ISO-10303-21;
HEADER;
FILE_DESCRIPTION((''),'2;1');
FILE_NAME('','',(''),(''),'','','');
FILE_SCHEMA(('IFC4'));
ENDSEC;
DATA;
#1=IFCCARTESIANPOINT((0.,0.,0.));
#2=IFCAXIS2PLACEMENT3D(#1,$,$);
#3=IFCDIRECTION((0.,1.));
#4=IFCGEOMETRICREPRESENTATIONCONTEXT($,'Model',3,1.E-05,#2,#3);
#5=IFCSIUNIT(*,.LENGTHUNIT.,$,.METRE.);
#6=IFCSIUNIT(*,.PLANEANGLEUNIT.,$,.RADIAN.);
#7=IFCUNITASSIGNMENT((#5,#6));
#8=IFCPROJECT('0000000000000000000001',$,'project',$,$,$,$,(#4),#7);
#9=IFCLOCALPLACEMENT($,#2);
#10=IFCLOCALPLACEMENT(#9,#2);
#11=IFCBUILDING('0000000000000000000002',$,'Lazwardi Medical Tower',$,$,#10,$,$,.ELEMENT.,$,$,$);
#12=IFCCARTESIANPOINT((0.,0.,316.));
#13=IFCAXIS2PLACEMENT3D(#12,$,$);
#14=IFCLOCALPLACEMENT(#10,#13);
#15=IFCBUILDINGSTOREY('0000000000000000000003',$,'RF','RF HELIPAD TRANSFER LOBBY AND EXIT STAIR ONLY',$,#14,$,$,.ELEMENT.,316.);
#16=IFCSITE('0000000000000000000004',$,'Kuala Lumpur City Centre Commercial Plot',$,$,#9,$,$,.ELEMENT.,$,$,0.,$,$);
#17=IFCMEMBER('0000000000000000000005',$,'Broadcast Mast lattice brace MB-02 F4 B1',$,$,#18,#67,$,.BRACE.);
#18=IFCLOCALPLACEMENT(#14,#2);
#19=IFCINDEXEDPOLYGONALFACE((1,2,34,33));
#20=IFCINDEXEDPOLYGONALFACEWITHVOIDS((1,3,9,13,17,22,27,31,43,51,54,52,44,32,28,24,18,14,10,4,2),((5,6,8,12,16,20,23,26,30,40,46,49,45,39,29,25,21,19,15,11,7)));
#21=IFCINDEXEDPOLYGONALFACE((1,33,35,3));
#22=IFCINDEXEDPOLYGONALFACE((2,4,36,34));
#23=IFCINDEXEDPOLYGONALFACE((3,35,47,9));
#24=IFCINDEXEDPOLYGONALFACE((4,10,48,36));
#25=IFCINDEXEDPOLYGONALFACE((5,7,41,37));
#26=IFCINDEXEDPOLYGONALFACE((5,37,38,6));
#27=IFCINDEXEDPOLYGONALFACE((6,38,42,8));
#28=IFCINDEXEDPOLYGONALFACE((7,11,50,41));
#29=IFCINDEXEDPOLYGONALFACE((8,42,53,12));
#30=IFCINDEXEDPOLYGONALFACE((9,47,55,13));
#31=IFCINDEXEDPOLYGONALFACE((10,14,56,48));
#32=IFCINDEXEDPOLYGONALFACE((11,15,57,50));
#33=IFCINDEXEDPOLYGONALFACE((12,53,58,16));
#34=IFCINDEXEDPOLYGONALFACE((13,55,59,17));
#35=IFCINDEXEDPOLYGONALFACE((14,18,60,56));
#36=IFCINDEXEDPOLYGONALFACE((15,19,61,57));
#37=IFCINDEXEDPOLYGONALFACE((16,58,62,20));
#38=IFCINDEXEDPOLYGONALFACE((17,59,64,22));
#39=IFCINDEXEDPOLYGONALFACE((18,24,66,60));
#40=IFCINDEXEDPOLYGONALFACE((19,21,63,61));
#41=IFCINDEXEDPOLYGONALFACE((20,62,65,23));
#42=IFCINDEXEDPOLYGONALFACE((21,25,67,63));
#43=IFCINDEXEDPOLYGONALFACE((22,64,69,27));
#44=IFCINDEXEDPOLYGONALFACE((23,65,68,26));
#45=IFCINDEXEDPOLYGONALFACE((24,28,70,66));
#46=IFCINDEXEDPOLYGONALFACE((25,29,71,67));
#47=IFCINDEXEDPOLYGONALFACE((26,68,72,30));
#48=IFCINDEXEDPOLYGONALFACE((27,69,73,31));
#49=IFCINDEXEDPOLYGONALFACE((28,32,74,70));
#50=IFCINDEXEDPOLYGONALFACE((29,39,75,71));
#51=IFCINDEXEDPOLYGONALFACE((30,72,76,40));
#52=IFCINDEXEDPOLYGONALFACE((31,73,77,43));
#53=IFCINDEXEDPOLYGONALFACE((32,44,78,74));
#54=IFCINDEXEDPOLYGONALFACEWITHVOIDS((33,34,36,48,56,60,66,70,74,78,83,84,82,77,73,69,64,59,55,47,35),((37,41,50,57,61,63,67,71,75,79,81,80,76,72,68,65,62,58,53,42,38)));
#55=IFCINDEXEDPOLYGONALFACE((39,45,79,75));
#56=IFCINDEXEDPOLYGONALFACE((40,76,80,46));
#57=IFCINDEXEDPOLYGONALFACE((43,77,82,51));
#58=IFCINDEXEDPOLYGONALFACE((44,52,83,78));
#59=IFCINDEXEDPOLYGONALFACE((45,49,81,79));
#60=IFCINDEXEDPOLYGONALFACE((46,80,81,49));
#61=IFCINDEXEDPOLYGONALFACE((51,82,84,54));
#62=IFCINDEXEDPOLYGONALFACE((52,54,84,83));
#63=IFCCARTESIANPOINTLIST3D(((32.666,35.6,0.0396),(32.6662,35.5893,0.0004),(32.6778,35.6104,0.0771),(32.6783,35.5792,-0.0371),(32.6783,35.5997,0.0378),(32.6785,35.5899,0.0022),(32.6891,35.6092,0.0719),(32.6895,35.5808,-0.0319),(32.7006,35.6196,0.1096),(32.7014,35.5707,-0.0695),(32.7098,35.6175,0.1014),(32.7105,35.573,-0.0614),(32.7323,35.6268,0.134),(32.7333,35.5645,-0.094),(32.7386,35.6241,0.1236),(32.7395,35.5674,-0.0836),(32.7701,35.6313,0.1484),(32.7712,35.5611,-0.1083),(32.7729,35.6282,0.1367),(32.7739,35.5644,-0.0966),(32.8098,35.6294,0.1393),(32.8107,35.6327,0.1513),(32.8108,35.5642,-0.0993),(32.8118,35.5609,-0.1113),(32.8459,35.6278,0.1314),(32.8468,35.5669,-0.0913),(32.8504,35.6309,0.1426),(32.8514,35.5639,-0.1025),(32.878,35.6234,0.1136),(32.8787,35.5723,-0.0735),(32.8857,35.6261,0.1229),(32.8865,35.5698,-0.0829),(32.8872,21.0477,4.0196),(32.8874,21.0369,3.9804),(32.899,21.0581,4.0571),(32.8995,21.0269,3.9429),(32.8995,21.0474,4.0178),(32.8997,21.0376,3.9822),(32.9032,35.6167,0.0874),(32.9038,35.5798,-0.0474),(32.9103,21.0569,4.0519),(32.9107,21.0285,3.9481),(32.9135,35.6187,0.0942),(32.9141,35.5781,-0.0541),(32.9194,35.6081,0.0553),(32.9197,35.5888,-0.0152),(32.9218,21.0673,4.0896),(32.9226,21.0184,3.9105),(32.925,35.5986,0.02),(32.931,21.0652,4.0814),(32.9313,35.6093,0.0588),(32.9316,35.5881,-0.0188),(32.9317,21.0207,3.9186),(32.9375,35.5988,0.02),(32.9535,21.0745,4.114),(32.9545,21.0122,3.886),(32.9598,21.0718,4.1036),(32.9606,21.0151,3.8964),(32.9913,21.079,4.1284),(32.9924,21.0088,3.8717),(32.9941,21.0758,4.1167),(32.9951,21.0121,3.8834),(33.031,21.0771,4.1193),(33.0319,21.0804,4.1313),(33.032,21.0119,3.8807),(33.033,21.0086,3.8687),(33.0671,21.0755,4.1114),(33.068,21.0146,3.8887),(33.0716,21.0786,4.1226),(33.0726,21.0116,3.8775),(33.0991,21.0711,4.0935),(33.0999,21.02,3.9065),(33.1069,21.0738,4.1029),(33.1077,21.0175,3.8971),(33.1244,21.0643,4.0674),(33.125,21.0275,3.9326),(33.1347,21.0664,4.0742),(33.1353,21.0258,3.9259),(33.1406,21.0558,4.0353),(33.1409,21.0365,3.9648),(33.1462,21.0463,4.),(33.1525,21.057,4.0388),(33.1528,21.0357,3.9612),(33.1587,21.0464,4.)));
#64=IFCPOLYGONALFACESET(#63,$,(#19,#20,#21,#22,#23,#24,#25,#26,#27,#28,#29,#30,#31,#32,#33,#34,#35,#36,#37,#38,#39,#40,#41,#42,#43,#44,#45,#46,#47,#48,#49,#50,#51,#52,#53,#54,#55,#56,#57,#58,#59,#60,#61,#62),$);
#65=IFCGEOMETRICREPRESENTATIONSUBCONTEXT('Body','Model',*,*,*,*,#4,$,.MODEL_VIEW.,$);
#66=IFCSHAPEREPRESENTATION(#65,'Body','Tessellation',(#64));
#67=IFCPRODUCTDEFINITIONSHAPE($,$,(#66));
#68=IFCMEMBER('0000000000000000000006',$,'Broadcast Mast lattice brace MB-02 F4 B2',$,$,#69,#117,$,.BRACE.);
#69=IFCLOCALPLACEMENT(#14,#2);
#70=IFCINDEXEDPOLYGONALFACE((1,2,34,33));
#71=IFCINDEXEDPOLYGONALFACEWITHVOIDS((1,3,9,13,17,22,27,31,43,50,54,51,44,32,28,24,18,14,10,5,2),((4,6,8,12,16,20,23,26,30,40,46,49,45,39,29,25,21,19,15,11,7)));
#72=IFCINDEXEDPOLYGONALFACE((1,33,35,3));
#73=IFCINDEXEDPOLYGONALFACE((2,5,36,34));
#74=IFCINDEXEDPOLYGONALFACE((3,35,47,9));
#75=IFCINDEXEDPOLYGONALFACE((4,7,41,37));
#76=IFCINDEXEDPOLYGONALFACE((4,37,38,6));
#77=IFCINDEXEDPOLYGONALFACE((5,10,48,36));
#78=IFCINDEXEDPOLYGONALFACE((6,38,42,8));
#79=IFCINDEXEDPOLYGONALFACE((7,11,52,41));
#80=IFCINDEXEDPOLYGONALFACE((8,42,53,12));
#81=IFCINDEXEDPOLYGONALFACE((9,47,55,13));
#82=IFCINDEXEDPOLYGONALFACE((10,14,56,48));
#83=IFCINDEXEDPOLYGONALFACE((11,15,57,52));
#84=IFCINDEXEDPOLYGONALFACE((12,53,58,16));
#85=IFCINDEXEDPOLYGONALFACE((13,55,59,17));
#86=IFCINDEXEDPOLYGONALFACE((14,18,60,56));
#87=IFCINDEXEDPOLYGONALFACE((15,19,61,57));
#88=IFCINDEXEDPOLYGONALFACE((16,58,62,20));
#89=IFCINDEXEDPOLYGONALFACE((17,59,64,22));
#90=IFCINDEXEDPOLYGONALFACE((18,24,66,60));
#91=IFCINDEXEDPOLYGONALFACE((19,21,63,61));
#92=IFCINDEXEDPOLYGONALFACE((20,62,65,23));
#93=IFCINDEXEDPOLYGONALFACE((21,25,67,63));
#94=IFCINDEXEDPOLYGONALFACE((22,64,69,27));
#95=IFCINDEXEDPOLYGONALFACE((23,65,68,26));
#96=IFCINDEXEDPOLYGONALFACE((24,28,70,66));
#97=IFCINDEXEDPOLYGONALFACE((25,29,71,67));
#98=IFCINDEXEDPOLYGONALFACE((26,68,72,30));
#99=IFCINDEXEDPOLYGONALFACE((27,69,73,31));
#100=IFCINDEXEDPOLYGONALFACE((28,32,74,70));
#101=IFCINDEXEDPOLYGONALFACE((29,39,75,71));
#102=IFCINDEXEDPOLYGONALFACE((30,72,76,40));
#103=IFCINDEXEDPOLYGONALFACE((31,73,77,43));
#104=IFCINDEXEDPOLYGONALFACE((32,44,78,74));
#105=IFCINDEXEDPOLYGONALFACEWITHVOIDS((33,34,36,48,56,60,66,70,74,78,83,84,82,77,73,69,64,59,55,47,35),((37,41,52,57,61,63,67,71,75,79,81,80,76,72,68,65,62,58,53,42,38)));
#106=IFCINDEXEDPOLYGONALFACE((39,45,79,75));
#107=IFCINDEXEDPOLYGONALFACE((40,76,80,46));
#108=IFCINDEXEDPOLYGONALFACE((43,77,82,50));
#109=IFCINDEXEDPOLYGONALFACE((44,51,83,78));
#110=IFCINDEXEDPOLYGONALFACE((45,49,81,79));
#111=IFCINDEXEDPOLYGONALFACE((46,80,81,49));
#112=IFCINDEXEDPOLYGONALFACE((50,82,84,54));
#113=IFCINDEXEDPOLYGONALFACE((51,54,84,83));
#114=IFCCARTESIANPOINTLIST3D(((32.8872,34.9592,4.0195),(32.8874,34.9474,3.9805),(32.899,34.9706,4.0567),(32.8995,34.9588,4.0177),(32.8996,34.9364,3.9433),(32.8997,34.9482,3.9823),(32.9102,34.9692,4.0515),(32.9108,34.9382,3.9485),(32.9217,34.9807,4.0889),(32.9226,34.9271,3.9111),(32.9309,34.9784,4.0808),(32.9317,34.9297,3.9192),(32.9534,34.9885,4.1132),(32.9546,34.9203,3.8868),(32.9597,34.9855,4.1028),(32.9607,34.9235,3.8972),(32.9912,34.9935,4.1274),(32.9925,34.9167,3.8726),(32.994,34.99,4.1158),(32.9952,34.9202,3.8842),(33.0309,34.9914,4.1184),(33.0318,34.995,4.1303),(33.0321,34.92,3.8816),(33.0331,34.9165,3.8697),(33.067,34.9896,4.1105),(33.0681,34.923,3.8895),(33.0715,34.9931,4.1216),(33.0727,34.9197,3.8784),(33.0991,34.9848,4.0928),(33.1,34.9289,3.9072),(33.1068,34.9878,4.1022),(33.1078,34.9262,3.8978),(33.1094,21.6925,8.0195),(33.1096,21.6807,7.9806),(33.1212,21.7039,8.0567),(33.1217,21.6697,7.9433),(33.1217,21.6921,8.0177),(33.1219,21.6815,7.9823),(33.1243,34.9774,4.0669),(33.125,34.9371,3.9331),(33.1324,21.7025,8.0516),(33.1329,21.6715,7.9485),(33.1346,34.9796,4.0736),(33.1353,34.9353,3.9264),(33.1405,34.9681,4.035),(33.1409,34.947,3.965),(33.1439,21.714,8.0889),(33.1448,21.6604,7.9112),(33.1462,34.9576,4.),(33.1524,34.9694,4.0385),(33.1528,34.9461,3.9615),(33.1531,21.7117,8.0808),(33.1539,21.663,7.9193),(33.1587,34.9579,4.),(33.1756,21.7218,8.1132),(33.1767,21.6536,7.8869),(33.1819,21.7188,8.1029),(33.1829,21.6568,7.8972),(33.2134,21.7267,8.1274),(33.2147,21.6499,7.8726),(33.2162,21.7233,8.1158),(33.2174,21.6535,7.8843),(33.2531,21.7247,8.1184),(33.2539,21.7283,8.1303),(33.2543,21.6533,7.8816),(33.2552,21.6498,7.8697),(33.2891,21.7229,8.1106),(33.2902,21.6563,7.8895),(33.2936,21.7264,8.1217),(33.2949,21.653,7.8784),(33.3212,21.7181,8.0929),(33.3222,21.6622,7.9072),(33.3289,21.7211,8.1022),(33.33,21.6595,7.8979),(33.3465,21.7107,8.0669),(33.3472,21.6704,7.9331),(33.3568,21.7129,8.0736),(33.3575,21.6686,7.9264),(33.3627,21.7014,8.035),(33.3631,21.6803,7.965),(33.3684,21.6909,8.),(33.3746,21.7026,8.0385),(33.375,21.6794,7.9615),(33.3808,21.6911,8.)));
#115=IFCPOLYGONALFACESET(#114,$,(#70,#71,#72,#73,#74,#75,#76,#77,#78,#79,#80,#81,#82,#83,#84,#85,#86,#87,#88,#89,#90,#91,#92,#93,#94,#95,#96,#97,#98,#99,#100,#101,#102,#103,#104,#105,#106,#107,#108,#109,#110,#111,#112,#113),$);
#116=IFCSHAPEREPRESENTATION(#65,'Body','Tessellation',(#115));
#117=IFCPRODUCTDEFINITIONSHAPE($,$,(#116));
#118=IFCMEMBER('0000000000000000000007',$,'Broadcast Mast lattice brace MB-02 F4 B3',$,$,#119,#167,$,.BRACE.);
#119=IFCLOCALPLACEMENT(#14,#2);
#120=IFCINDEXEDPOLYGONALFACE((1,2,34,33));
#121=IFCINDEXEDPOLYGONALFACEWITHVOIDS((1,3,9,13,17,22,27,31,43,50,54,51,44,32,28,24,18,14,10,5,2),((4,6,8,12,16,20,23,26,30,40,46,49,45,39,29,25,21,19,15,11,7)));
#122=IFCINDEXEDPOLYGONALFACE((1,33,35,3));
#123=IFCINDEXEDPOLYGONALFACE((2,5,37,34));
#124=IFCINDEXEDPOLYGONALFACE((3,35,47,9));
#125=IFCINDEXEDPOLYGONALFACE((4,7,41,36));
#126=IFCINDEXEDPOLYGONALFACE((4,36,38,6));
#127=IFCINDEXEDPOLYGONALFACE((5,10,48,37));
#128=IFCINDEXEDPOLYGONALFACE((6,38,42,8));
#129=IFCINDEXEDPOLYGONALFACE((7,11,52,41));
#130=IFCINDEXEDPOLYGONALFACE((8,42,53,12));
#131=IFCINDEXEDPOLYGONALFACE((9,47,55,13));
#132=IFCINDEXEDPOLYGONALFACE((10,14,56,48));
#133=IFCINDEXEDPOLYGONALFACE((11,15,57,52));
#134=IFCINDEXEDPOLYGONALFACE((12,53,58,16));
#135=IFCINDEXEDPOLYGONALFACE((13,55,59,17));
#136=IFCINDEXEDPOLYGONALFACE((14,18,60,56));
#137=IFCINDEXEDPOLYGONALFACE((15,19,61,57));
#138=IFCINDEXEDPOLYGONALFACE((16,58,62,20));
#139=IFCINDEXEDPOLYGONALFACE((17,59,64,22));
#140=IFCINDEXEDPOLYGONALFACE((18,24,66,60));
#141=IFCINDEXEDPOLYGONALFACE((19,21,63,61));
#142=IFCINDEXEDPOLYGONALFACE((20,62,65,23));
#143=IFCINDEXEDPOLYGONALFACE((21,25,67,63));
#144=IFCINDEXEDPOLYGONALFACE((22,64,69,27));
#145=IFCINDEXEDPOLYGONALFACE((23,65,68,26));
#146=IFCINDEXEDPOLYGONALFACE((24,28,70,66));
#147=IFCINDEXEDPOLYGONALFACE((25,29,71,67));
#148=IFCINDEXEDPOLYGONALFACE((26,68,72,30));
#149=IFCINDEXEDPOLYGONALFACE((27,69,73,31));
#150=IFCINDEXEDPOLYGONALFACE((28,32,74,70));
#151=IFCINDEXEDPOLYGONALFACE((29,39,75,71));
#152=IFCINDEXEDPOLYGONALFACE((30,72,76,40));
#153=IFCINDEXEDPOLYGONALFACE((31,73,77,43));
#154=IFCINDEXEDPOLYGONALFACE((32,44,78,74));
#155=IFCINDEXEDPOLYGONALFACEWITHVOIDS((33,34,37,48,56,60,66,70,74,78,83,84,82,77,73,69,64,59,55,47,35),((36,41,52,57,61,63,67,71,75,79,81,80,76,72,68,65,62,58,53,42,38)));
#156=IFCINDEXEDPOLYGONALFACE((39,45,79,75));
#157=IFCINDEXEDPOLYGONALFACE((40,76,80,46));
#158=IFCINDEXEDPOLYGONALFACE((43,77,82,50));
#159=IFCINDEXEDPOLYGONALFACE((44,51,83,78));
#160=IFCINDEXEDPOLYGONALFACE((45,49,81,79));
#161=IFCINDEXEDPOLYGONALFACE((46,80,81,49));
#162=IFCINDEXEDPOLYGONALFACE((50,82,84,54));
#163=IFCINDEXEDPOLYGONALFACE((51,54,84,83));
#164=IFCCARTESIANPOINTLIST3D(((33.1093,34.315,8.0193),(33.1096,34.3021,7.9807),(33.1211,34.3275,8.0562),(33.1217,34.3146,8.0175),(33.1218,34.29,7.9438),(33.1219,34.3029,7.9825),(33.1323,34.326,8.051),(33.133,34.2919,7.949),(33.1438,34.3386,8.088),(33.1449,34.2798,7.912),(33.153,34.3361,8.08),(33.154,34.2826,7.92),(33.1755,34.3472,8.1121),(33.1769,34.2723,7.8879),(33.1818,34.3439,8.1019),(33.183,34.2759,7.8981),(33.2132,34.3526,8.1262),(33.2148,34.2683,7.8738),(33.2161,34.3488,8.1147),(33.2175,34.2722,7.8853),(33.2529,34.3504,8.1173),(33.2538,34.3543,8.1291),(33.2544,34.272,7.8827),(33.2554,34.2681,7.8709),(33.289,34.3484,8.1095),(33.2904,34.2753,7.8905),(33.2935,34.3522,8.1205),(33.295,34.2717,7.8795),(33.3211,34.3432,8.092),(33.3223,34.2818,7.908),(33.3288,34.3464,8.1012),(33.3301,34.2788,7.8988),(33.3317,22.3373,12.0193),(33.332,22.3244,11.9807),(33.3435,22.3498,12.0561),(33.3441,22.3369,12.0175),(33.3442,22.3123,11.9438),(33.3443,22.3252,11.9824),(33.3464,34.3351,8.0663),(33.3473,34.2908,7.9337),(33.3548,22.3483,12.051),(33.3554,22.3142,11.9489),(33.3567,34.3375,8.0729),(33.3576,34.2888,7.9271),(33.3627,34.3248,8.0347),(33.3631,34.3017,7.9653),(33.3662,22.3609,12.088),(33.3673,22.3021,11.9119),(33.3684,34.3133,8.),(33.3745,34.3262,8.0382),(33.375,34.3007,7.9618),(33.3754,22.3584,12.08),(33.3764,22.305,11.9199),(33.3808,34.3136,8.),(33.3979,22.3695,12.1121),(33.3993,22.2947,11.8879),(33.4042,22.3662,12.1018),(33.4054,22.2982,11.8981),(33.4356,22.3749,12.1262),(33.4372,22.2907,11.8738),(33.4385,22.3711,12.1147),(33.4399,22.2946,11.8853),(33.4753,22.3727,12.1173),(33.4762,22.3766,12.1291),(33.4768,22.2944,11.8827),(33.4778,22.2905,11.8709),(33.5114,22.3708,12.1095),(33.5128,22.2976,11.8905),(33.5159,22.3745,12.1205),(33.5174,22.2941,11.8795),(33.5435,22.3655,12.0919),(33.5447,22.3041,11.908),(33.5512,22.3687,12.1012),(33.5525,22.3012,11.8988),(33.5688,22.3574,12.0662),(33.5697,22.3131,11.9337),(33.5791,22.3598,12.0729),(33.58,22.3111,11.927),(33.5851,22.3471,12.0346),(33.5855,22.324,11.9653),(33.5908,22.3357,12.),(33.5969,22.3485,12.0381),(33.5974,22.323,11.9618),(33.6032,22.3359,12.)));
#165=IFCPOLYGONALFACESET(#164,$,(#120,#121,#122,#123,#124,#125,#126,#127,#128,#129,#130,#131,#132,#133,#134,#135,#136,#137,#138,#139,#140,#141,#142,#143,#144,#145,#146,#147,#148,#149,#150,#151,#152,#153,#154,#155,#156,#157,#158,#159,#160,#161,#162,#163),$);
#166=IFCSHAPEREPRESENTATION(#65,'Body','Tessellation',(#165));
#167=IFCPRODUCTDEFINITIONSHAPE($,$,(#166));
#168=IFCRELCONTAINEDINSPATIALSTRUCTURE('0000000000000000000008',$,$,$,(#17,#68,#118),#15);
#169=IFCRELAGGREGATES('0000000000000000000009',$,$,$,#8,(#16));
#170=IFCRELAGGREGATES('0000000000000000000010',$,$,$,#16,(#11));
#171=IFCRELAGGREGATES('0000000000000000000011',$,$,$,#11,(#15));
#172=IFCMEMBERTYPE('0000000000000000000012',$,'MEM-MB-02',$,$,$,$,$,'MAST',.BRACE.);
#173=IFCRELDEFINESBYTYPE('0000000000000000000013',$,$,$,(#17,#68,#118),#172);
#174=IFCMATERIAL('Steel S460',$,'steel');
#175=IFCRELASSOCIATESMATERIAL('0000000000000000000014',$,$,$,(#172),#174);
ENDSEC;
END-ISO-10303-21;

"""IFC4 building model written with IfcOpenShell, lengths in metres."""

from ifc_helpers import new_model, si_unit, direction, frame, origin, origin_2d, place, context, subcontext, project, spatial, hollow_circle, extrude, material, material_profile, profile_set, type_object, element, save


model = new_model("IFC4")

# Units and contexts
model_context = context("Model", 3, precision=1e-05, world=origin(), true_north=direction((0.0, 1.0)))
body_context = subcontext(model_context, "Body", "Model", "MODEL_VIEW")
ifc_project = project(units=[si_unit("LENGTHUNIT", "METRE"), si_unit("PLANEANGLEUNIT", "RADIAN")], contexts=[model_context])

# Site, building, storey
site_placement = place(None, origin())
site = spatial("IfcSite", under=ifc_project, at=site_placement, Name="Kuala Lumpur City Centre Commercial Plot", CompositionType="ELEMENT", RefElevation=0.0)
building_placement = place(site_placement, origin())
building = spatial("IfcBuilding", under=site, at=building_placement, Name="Lazwardi Medical Tower", CompositionType="ELEMENT")
storey_placement = place(building_placement, frame((0.0, 0.0, 316.0)))
storey = spatial("IfcBuildingStorey", under=building, at=storey_placement, Name="RF", Description="RF HELIPAD TRANSFER LOBBY AND EXIT STAIR ONLY", CompositionType="ELEMENT", Elevation=316.0)

# Members
ifc_material_1 = material(Name="Steel S460", Category="steel")
ifc_material_profile_1 = material_profile(ifc_material_1, hollow_circle(Radius=0.1365, WallThickness=0.0125, at=origin_2d()), Name="CHS 273x12.5")
ifc_profile_set_1 = profile_set([ifc_material_profile_1], Name="Steel S460")
member_type_1 = type_object("IfcMemberType", Name="MEM-MB-02", ElementType="MAST", PredefinedType="BRACE", material=ifc_profile_set_1)
member_1_placement = place(storey_placement, frame((32.801, 35.5967, 0.02), z_axis=(0.01466, -0.964472, 0.263779), x_axis=(0.999885, 0.015198, 0.0)))
element("IfcMember", 1, at=member_1_placement, inside=storey, type_object=member_type_1, Name="Broadcast Mast lattice brace MB-02 F4 B1", PredefinedType="BRACE", context=body_context, shape_type="SweptSolid", body=[
    extrude(hollow_circle(Radius=0.1365, WallThickness=0.0125, at=origin_2d()), origin(), (0.0, 0.0, 1.0), 15.0884),
])
member_2_placement = place(storey_placement, frame((33.0222, 34.9556, 4.0), z_axis=(0.016031, -0.957305, 0.288636), x_axis=(0.99986, 0.016744, 0.0)))
element("IfcMember", 2, at=member_2_placement, inside=storey, type_object=member_type_1, Name="Broadcast Mast lattice brace MB-02 F4 B2", PredefinedType="BRACE", context=body_context, shape_type="SweptSolid", body=[
    extrude(hollow_circle(Radius=0.1365, WallThickness=0.0125, at=origin_2d()), origin(), (0.0, 0.0, 1.0), 13.8584),
])
member_3_placement = place(storey_placement, frame((33.2444, 34.311, 8.0), z_axis=(0.01761, -0.94836, 0.316706), x_axis=(0.999828, 0.018566, 0.0)))
element("IfcMember", 3, at=member_3_placement, inside=storey, type_object=member_type_1, Name="Broadcast Mast lattice brace MB-02 F4 B3", PredefinedType="BRACE", context=body_context, shape_type="SweptSolid", body=[
    extrude(hollow_circle(Radius=0.1365, WallThickness=0.0125, at=origin_2d()), origin(), (0.0, 0.0, 1.0), 12.6299),
])

save(model, "model.ifc")
